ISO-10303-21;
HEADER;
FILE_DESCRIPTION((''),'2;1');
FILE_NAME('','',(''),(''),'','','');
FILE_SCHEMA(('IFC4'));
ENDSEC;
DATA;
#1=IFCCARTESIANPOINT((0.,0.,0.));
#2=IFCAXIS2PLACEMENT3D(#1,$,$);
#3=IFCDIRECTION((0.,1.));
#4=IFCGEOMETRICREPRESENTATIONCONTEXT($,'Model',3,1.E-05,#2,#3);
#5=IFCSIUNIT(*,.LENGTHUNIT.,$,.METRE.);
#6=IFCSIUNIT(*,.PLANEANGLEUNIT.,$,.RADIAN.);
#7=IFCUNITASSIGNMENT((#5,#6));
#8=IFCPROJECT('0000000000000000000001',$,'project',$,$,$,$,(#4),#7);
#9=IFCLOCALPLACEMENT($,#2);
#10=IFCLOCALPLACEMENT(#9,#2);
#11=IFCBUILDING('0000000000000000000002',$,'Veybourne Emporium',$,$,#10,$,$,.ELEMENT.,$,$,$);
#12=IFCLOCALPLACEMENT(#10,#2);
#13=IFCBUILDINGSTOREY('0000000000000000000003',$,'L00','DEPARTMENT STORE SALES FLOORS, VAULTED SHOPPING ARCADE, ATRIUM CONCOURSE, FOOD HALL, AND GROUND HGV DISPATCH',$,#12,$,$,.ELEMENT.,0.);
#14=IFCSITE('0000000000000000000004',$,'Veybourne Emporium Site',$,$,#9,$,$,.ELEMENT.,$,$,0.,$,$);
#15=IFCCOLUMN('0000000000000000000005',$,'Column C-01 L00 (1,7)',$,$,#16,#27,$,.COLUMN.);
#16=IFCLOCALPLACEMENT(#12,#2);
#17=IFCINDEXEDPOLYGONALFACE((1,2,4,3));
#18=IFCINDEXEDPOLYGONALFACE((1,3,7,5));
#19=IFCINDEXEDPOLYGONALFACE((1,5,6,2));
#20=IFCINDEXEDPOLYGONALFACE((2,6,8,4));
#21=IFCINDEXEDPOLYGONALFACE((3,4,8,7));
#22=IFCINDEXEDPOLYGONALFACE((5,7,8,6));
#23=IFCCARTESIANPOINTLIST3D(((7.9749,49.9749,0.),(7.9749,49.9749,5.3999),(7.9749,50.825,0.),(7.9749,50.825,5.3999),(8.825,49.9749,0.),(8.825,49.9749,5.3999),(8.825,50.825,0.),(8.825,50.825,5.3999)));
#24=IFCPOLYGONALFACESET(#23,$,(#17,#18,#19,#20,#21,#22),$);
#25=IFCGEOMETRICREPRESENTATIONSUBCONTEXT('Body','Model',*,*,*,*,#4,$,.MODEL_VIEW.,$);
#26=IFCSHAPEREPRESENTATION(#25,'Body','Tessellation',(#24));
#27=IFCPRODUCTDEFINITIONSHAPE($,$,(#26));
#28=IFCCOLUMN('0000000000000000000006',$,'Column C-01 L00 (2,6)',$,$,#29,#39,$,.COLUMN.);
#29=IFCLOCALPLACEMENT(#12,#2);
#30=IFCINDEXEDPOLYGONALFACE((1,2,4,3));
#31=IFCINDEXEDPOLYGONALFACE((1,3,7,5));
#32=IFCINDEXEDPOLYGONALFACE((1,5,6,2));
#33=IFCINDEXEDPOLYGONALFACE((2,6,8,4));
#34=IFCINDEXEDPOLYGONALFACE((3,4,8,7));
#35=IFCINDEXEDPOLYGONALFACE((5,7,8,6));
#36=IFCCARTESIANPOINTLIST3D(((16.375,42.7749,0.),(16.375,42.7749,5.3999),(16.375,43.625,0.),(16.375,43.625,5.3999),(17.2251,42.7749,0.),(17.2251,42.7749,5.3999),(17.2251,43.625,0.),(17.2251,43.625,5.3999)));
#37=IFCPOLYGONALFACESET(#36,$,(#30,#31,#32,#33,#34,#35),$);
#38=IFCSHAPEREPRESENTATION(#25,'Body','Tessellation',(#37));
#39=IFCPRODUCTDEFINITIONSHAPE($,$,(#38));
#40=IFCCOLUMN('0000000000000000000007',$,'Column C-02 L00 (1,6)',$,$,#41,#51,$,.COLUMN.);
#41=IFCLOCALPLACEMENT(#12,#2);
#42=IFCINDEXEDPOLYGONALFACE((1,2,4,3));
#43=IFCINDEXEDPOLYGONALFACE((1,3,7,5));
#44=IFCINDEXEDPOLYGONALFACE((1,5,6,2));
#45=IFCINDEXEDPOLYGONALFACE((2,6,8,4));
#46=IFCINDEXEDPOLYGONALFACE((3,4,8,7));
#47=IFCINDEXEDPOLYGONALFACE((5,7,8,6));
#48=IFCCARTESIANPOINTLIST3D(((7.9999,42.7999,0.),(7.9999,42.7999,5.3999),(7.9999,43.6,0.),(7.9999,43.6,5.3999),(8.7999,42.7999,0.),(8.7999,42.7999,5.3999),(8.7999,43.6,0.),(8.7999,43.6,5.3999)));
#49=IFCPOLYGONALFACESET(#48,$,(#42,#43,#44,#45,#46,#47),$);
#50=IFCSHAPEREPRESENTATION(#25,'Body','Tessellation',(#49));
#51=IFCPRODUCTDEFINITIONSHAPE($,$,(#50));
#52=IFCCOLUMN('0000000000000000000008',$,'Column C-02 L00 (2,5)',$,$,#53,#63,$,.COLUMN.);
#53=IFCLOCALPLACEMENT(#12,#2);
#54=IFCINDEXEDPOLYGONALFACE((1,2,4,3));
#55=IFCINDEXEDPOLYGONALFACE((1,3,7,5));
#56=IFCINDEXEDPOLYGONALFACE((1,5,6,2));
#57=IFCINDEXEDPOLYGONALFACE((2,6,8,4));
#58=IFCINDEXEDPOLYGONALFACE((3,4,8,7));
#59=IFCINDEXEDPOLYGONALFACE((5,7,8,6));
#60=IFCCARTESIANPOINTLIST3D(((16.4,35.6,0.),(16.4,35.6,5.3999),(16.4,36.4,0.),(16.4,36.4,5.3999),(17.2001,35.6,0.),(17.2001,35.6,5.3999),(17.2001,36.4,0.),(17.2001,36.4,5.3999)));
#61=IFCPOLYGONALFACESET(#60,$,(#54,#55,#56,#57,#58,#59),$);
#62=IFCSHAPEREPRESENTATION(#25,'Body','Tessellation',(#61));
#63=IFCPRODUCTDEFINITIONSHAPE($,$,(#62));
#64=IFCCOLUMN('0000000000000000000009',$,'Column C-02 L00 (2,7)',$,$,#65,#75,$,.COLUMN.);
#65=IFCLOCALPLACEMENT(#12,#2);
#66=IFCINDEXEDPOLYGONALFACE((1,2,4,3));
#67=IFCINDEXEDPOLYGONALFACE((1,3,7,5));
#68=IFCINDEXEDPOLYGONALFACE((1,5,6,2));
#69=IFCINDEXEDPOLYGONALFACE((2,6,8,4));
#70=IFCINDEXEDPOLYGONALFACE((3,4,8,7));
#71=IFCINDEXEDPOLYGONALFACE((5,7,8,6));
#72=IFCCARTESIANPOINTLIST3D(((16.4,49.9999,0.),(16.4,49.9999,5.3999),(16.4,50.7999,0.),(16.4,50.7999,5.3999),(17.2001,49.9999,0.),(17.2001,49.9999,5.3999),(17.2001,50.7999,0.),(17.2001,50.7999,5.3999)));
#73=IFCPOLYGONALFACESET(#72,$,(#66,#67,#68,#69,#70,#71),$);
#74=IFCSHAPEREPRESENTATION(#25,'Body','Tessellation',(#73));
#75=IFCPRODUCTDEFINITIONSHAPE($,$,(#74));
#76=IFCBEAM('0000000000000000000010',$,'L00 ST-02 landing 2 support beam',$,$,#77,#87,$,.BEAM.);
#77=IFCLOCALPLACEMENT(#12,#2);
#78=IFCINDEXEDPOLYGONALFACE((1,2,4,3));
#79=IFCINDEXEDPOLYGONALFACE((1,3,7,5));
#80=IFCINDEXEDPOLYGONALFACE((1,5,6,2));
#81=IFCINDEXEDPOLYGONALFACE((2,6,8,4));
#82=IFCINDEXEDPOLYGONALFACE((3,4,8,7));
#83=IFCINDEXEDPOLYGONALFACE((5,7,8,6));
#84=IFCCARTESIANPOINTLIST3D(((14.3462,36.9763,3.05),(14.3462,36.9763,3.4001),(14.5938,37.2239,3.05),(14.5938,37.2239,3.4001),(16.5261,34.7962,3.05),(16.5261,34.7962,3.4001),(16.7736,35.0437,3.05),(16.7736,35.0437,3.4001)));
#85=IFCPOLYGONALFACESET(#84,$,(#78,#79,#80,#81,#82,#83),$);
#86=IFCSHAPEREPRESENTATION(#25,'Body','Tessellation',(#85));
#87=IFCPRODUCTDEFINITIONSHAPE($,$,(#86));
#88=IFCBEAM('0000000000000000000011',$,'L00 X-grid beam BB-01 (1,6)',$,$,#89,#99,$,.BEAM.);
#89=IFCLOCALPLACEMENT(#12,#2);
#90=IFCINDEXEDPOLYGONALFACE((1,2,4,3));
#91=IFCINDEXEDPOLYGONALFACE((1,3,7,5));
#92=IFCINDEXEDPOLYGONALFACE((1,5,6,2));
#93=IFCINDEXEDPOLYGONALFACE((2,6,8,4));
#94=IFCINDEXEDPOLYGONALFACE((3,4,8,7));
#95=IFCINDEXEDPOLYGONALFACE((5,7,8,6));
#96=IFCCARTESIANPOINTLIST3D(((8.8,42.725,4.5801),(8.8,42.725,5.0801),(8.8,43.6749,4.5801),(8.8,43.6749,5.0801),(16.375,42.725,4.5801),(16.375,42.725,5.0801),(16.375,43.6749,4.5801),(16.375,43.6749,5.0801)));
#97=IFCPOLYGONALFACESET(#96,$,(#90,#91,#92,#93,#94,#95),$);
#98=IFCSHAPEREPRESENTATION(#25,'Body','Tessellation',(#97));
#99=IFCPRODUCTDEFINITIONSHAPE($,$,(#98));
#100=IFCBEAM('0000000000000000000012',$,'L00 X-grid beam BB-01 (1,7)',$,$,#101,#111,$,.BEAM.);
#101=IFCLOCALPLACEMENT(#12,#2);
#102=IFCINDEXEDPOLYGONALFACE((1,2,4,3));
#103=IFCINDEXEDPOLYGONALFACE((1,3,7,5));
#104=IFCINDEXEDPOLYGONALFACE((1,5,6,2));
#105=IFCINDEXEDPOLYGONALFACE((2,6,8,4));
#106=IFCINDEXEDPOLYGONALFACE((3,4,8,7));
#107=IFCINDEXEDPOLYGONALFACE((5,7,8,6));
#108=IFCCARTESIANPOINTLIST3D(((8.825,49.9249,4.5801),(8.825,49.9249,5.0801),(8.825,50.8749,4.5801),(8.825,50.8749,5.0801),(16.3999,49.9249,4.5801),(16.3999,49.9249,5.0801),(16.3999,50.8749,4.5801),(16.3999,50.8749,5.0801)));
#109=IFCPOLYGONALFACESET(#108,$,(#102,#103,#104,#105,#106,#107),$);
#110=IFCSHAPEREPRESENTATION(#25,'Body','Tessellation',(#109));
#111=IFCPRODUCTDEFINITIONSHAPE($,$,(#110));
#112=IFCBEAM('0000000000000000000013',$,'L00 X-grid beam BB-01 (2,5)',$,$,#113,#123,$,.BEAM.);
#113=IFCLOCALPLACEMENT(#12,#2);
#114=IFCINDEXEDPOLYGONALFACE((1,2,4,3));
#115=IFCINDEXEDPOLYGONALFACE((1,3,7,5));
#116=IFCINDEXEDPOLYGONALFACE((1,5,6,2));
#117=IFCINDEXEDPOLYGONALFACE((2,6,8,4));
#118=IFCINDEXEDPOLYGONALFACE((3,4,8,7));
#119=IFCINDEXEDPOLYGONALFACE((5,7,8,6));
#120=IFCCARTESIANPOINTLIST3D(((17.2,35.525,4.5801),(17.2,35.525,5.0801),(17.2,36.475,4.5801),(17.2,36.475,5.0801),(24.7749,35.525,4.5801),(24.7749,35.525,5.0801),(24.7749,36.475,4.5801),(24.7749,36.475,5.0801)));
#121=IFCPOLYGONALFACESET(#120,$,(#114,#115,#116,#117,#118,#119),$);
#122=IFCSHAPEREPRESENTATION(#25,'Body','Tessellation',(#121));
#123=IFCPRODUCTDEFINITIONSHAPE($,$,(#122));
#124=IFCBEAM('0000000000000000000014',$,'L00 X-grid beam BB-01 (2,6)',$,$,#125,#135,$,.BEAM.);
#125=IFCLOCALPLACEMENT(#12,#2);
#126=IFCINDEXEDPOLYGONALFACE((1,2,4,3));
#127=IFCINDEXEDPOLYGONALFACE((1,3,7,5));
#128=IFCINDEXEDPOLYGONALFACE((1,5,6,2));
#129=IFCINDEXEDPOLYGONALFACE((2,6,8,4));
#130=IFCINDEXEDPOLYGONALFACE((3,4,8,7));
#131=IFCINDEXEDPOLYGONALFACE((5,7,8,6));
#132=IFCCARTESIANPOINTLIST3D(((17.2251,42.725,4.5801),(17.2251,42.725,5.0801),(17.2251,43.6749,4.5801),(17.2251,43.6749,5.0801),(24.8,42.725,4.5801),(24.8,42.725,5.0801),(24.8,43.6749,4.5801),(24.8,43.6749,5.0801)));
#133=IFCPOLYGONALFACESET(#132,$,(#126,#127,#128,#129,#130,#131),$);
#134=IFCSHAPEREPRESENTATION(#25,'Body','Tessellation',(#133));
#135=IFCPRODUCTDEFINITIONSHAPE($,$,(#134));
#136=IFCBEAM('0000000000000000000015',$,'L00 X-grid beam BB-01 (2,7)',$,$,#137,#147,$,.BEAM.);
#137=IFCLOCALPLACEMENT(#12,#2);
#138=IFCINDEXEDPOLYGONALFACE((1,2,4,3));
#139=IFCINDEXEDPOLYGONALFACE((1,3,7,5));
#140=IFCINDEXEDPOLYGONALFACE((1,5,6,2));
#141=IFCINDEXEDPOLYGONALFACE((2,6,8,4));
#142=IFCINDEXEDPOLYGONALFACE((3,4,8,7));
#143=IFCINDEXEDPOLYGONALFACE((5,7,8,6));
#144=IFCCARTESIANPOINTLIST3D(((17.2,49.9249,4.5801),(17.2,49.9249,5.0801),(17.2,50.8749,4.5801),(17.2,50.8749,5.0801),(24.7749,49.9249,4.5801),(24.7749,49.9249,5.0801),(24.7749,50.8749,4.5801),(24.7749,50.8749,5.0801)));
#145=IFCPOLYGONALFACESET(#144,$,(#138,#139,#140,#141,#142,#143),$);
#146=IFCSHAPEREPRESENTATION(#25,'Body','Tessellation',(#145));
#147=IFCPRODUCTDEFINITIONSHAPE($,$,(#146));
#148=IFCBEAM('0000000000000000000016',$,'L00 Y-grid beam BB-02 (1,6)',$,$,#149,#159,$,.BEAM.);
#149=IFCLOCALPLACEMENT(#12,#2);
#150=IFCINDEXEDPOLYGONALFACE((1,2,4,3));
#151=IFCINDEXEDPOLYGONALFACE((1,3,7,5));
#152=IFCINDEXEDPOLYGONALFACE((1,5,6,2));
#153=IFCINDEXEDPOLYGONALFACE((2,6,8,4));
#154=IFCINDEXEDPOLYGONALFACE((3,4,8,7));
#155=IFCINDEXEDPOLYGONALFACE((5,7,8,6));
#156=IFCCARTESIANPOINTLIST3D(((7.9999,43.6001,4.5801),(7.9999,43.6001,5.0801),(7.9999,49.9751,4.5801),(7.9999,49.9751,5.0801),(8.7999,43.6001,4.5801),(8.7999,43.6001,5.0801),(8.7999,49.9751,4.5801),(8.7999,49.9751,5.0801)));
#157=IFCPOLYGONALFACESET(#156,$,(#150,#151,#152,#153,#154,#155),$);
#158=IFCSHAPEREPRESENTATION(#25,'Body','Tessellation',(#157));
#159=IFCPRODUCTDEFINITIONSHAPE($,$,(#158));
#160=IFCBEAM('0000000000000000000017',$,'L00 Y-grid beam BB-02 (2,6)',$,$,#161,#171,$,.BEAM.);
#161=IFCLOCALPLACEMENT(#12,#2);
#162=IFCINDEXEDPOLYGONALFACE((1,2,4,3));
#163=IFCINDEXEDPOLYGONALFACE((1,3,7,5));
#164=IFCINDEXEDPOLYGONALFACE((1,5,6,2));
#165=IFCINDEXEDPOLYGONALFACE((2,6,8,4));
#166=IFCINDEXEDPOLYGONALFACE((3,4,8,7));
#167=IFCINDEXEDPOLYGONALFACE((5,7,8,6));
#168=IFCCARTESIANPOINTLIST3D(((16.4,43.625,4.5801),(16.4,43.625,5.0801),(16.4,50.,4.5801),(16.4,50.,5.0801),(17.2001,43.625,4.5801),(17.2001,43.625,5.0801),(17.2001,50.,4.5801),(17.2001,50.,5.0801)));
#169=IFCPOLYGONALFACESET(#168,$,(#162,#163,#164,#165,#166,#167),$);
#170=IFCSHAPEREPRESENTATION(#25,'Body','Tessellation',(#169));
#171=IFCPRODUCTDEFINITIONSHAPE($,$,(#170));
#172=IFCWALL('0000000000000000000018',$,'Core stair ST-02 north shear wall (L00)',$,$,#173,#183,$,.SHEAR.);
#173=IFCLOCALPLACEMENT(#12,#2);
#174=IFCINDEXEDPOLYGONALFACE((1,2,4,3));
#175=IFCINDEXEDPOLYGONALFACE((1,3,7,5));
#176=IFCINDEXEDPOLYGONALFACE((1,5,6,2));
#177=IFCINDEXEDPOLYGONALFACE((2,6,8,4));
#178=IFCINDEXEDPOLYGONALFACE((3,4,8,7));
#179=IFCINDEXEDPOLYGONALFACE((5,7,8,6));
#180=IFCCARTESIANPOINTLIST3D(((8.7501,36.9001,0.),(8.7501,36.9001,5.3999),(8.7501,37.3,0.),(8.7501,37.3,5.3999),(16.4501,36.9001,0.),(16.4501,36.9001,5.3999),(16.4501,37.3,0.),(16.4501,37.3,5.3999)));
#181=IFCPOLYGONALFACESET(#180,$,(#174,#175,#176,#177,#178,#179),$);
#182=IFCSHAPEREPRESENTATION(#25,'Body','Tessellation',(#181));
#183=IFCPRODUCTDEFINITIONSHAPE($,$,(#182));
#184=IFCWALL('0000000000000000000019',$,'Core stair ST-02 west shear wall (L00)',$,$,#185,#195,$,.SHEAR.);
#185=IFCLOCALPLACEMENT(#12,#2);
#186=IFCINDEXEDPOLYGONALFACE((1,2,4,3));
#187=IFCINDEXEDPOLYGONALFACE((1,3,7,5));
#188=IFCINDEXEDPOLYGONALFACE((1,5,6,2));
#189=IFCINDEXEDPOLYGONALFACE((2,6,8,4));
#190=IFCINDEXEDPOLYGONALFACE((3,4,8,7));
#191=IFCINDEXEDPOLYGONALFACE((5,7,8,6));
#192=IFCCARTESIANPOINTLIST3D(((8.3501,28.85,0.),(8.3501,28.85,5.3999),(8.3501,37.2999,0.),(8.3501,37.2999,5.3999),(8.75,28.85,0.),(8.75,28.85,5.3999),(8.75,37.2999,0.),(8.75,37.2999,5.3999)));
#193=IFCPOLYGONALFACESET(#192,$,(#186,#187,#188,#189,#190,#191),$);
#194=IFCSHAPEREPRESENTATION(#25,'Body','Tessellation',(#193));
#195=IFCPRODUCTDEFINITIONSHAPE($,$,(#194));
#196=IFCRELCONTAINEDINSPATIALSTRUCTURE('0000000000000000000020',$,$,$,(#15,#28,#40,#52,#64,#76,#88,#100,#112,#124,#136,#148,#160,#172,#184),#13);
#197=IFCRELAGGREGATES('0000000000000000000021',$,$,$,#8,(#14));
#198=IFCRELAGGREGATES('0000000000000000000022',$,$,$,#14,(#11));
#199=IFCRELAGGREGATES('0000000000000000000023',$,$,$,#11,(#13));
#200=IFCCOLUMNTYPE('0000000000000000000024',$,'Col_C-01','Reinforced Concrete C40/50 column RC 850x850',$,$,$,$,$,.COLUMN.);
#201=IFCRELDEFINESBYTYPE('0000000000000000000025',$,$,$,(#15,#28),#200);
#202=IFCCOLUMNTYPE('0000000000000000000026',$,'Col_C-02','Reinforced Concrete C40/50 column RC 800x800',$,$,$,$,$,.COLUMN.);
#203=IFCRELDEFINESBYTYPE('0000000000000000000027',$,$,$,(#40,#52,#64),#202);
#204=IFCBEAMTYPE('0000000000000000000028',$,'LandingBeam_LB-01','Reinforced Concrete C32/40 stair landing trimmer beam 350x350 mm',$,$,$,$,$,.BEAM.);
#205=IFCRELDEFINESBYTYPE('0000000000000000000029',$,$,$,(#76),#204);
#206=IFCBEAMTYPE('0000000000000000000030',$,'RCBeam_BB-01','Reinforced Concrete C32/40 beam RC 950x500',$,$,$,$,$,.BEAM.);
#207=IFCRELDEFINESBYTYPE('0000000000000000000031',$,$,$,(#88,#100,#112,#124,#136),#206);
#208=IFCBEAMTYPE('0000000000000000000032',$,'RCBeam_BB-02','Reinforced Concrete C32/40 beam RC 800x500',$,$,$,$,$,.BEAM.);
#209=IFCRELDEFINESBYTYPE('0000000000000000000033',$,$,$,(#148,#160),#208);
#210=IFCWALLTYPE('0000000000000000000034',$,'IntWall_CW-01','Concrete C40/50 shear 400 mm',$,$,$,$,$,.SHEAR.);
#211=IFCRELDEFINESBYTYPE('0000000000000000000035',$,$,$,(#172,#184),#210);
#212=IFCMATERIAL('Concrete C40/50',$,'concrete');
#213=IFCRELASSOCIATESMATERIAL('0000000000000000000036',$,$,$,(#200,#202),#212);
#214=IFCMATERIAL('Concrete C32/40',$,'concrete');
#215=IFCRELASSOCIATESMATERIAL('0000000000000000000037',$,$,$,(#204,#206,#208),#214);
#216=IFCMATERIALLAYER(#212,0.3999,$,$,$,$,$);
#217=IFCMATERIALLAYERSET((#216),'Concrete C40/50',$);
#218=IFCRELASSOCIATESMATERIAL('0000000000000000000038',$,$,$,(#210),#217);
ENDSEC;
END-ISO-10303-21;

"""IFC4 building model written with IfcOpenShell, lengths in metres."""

from ifc_helpers import new_model, si_unit, direction, frame, frame_2d, origin, origin_2d, place, context, subcontext, project, spatial, rectangle, extrude, material, layer, layer_set, material_profile, profile_set, type_object, element, save


model = new_model("IFC4")

# Units and contexts
model_context = context("Model", 3, precision=1e-05, world=origin(), true_north=direction((0.0, 1.0)))
body_context = subcontext(model_context, "Body", "Model", "MODEL_VIEW")
ifc_project = project(units=[si_unit("LENGTHUNIT", "METRE"), si_unit("PLANEANGLEUNIT", "RADIAN")], contexts=[model_context])

# Site, building, storey
site_placement = place(None, origin())
site = spatial("IfcSite", under=ifc_project, at=site_placement, Name="Veybourne Emporium Site", CompositionType="ELEMENT", RefElevation=0.0)
building_placement = place(site_placement, origin())
building = spatial("IfcBuilding", under=site, at=building_placement, Name="Veybourne Emporium", CompositionType="ELEMENT")
storey_placement = place(building_placement, origin())
storey = spatial("IfcBuildingStorey", under=building, at=storey_placement, Name="L00", Description="DEPARTMENT STORE SALES FLOORS, VAULTED SHOPPING ARCADE, ATRIUM CONCOURSE, FOOD HALL, AND GROUND HGV DISPATCH", CompositionType="ELEMENT", Elevation=0.0)

# Columns
ifc_material_1 = material(Name="Concrete C40/50", Category="concrete")
ifc_material_profile_1 = material_profile(ifc_material_1, rectangle(XDim=0.8501, YDim=0.8501, at=origin_2d()), Name="RC 850x850")
ifc_profile_set_1 = profile_set([ifc_material_profile_1], Name="Concrete C40/50")
column_type_1 = type_object("IfcColumnType", Name="Col_C-01", Description="Reinforced Concrete C40/50 column RC 850x850", PredefinedType="COLUMN", material=ifc_profile_set_1)
for number, where, z_axis, x_axis, name in (
    (1, (8.3999, 50.3999, 0.0), (0.0, 0.0, 1.0), (1.0, 0.0, 0.0), "Column C-01 L00 (1,7)"),
    (2, (16.8, 43.2, 0.0), (0.0, 0.0, 1.0), (1.0, 0.0, 0.0), "Column C-01 L00 (2,6)"),
):
    element("IfcColumn", number, at=place(storey_placement, frame(where, z_axis=z_axis, x_axis=x_axis)), inside=storey, type_object=column_type_1, Name=name, PredefinedType="COLUMN", context=body_context, shape_type="SweptSolid", body=[
        extrude(rectangle(XDim=0.8501, YDim=0.8501, at=origin_2d()), origin(), (0.0, 0.0, 1.0), 5.3999),
    ])
ifc_material_profile_2 = material_profile(ifc_material_1, rectangle(XDim=0.8, YDim=0.8, at=origin_2d()), Name="RC 800x800")
ifc_profile_set_2 = profile_set([ifc_material_profile_2], Name="Concrete C40/50")
column_type_2 = type_object("IfcColumnType", Name="Col_C-02", Description="Reinforced Concrete C40/50 column RC 800x800", PredefinedType="COLUMN", material=ifc_profile_set_2)
for number, where, z_axis, x_axis, name in (
    (3, (8.3999, 43.2, 0.0), (0.0, 0.0, 1.0), (1.0, 0.0, 0.0), "Column C-02 L00 (1,6)"),
    (4, (16.8, 36.0, 0.0), (0.0, 0.0, 1.0), (1.0, 0.0, 0.0), "Column C-02 L00 (2,5)"),
    (5, (16.8, 50.3999, 0.0), (0.0, 0.0, 1.0), (1.0, 0.0, 0.0), "Column C-02 L00 (2,7)"),
):
    element("IfcColumn", number, at=place(storey_placement, frame(where, z_axis=z_axis, x_axis=x_axis)), inside=storey, type_object=column_type_2, Name=name, PredefinedType="COLUMN", context=body_context, shape_type="SweptSolid", body=[
        extrude(rectangle(XDim=0.8, YDim=0.8, at=origin_2d()), origin(), (0.0, 0.0, 1.0), 5.3999),
    ])

# Beams
ifc_material_2 = material(Name="Concrete C32/40", Category="concrete")
ifc_material_profile_3 = material_profile(ifc_material_2, rectangle(XDim=0.3501, YDim=0.3501, at=origin_2d()), Name="RC 350x350")
ifc_profile_set_3 = profile_set([ifc_material_profile_3], Name="Concrete C32/40")
beam_type_1 = type_object("IfcBeamType", Name="LandingBeam_LB-01", Description="Reinforced Concrete C32/40 stair landing trimmer beam 350x350 mm", PredefinedType="BEAM", material=ifc_profile_set_3)
beam_placement = place(storey_placement, frame((14.47, 37.1001, 3.2251), z_axis=(0.707067, -0.707146, 0.0), x_axis=(0.707146, 0.707067, 0.0)))
element("IfcBeam", 6, at=beam_placement, inside=storey, type_object=beam_type_1, Name="L00 ST-02 landing 2 support beam", PredefinedType="BEAM", context=body_context, shape_type="SweptSolid", body=[
    extrude(rectangle(XDim=0.3501, YDim=0.3501, at=origin_2d()), origin(), (0.0, 0.0, 1.0), 3.083),
])
ifc_material_profile_4 = material_profile(ifc_material_2, rectangle(XDim=0.95, YDim=0.5, at=origin_2d()), Name="RC 950x500")
ifc_profile_set_4 = profile_set([ifc_material_profile_4], Name="Concrete C32/40")
beam_type_2 = type_object("IfcBeamType", Name="RCBeam_BB-01", Description="Reinforced Concrete C32/40 beam RC 950x500", PredefinedType="BEAM", material=ifc_profile_set_4)
for number, where, z_axis, x_axis, name in (
    (7, (8.8, 43.2, 4.8301), (1.0, 0.0, 0.0), (0.0, 1.0, 0.0), "L00 X-grid beam BB-01 (1,6)"),
    (8, (8.825, 50.3999, 4.8301), (1.0, 0.0, 0.0), (0.0, 1.0, 0.0), "L00 X-grid beam BB-01 (1,7)"),
    (9, (17.2, 36.0, 4.8301), (1.0, 0.0, 0.0), (0.0, 1.0, 0.0), "L00 X-grid beam BB-01 (2,5)"),
    (10, (17.2251, 43.2, 4.8301), (1.0, 0.0, 0.0), (0.0, 1.0, 0.0), "L00 X-grid beam BB-01 (2,6)"),
    (11, (17.2, 50.3999, 4.8301), (1.0, 0.0, 0.0), (0.0, 1.0, 0.0), "L00 X-grid beam BB-01 (2,7)"),
):
    element("IfcBeam", number, at=place(storey_placement, frame(where, z_axis=z_axis, x_axis=x_axis)), inside=storey, type_object=beam_type_2, Name=name, PredefinedType="BEAM", context=body_context, shape_type="SweptSolid", body=[
        extrude(rectangle(XDim=0.95, YDim=0.5, at=origin_2d()), origin(), (0.0, 0.0, 1.0), 7.575),
    ])
ifc_material_profile_5 = material_profile(ifc_material_2, rectangle(XDim=0.8, YDim=0.5, at=origin_2d()), Name="RC 800x500")
ifc_profile_set_5 = profile_set([ifc_material_profile_5], Name="Concrete C32/40")
beam_type_3 = type_object("IfcBeamType", Name="RCBeam_BB-02", Description="Reinforced Concrete C32/40 beam RC 800x500", PredefinedType="BEAM", material=ifc_profile_set_5)
for number, where, z_axis, x_axis, name in (
    (12, (8.3999, 43.6001, 4.8301), (0.0, 1.0, 0.0), (-1.0, 0.0, 0.0), "L00 Y-grid beam BB-02 (1,6)"),
    (13, (16.8, 43.625, 4.8301), (0.0, 1.0, 0.0), (-1.0, 0.0, 0.0), "L00 Y-grid beam BB-02 (2,6)"),
):
    element("IfcBeam", number, at=place(storey_placement, frame(where, z_axis=z_axis, x_axis=x_axis)), inside=storey, type_object=beam_type_3, Name=name, PredefinedType="BEAM", context=body_context, shape_type="SweptSolid", body=[
        extrude(rectangle(XDim=0.8, YDim=0.5, at=origin_2d()), origin(), (0.0, 0.0, 1.0), 6.375),
    ])

# Walls
ifc_layer_1 = layer(ifc_material_1, 0.3999)
ifc_layer_set_1 = layer_set([ifc_layer_1], Name="Concrete C40/50")
wall_type_1 = type_object("IfcWallType", Name="IntWall_CW-01", Description="Concrete C40/50 shear 400 mm", PredefinedType="SHEAR", material=ifc_layer_set_1)
wall_1_placement = place(storey_placement, frame((8.75, 37.1001, 0.0), z_axis=(0.0, 0.0, 1.0), x_axis=(1.0, 0.0, 0.0)))
element("IfcWall", 14, at=wall_1_placement, inside=storey, type_object=wall_type_1, Name="Core stair ST-02 north shear wall (L00)", PredefinedType="SHEAR", context=body_context, shape_type="SweptSolid", body=[
    extrude(rectangle(XDim=7.7, YDim=0.3999, at=frame_2d((3.8501, 0.0))), origin(), (0.0, 0.0, 1.0), 5.3999),
])
wall_2_placement = place(storey_placement, frame((8.55, 37.3, 0.0), z_axis=(0.0, 0.0, 1.0), x_axis=(0.0, -1.0, 0.0)))
element("IfcWall", 15, at=wall_2_placement, inside=storey, type_object=wall_type_1, Name="Core stair ST-02 west shear wall (L00)", PredefinedType="SHEAR", context=body_context, shape_type="SweptSolid", body=[
    extrude(rectangle(XDim=8.45, YDim=0.3999, at=frame_2d((4.2251, 0.0))), origin(), (0.0, 0.0, 1.0), 5.3999),
])

save(model, "model.ifc")
